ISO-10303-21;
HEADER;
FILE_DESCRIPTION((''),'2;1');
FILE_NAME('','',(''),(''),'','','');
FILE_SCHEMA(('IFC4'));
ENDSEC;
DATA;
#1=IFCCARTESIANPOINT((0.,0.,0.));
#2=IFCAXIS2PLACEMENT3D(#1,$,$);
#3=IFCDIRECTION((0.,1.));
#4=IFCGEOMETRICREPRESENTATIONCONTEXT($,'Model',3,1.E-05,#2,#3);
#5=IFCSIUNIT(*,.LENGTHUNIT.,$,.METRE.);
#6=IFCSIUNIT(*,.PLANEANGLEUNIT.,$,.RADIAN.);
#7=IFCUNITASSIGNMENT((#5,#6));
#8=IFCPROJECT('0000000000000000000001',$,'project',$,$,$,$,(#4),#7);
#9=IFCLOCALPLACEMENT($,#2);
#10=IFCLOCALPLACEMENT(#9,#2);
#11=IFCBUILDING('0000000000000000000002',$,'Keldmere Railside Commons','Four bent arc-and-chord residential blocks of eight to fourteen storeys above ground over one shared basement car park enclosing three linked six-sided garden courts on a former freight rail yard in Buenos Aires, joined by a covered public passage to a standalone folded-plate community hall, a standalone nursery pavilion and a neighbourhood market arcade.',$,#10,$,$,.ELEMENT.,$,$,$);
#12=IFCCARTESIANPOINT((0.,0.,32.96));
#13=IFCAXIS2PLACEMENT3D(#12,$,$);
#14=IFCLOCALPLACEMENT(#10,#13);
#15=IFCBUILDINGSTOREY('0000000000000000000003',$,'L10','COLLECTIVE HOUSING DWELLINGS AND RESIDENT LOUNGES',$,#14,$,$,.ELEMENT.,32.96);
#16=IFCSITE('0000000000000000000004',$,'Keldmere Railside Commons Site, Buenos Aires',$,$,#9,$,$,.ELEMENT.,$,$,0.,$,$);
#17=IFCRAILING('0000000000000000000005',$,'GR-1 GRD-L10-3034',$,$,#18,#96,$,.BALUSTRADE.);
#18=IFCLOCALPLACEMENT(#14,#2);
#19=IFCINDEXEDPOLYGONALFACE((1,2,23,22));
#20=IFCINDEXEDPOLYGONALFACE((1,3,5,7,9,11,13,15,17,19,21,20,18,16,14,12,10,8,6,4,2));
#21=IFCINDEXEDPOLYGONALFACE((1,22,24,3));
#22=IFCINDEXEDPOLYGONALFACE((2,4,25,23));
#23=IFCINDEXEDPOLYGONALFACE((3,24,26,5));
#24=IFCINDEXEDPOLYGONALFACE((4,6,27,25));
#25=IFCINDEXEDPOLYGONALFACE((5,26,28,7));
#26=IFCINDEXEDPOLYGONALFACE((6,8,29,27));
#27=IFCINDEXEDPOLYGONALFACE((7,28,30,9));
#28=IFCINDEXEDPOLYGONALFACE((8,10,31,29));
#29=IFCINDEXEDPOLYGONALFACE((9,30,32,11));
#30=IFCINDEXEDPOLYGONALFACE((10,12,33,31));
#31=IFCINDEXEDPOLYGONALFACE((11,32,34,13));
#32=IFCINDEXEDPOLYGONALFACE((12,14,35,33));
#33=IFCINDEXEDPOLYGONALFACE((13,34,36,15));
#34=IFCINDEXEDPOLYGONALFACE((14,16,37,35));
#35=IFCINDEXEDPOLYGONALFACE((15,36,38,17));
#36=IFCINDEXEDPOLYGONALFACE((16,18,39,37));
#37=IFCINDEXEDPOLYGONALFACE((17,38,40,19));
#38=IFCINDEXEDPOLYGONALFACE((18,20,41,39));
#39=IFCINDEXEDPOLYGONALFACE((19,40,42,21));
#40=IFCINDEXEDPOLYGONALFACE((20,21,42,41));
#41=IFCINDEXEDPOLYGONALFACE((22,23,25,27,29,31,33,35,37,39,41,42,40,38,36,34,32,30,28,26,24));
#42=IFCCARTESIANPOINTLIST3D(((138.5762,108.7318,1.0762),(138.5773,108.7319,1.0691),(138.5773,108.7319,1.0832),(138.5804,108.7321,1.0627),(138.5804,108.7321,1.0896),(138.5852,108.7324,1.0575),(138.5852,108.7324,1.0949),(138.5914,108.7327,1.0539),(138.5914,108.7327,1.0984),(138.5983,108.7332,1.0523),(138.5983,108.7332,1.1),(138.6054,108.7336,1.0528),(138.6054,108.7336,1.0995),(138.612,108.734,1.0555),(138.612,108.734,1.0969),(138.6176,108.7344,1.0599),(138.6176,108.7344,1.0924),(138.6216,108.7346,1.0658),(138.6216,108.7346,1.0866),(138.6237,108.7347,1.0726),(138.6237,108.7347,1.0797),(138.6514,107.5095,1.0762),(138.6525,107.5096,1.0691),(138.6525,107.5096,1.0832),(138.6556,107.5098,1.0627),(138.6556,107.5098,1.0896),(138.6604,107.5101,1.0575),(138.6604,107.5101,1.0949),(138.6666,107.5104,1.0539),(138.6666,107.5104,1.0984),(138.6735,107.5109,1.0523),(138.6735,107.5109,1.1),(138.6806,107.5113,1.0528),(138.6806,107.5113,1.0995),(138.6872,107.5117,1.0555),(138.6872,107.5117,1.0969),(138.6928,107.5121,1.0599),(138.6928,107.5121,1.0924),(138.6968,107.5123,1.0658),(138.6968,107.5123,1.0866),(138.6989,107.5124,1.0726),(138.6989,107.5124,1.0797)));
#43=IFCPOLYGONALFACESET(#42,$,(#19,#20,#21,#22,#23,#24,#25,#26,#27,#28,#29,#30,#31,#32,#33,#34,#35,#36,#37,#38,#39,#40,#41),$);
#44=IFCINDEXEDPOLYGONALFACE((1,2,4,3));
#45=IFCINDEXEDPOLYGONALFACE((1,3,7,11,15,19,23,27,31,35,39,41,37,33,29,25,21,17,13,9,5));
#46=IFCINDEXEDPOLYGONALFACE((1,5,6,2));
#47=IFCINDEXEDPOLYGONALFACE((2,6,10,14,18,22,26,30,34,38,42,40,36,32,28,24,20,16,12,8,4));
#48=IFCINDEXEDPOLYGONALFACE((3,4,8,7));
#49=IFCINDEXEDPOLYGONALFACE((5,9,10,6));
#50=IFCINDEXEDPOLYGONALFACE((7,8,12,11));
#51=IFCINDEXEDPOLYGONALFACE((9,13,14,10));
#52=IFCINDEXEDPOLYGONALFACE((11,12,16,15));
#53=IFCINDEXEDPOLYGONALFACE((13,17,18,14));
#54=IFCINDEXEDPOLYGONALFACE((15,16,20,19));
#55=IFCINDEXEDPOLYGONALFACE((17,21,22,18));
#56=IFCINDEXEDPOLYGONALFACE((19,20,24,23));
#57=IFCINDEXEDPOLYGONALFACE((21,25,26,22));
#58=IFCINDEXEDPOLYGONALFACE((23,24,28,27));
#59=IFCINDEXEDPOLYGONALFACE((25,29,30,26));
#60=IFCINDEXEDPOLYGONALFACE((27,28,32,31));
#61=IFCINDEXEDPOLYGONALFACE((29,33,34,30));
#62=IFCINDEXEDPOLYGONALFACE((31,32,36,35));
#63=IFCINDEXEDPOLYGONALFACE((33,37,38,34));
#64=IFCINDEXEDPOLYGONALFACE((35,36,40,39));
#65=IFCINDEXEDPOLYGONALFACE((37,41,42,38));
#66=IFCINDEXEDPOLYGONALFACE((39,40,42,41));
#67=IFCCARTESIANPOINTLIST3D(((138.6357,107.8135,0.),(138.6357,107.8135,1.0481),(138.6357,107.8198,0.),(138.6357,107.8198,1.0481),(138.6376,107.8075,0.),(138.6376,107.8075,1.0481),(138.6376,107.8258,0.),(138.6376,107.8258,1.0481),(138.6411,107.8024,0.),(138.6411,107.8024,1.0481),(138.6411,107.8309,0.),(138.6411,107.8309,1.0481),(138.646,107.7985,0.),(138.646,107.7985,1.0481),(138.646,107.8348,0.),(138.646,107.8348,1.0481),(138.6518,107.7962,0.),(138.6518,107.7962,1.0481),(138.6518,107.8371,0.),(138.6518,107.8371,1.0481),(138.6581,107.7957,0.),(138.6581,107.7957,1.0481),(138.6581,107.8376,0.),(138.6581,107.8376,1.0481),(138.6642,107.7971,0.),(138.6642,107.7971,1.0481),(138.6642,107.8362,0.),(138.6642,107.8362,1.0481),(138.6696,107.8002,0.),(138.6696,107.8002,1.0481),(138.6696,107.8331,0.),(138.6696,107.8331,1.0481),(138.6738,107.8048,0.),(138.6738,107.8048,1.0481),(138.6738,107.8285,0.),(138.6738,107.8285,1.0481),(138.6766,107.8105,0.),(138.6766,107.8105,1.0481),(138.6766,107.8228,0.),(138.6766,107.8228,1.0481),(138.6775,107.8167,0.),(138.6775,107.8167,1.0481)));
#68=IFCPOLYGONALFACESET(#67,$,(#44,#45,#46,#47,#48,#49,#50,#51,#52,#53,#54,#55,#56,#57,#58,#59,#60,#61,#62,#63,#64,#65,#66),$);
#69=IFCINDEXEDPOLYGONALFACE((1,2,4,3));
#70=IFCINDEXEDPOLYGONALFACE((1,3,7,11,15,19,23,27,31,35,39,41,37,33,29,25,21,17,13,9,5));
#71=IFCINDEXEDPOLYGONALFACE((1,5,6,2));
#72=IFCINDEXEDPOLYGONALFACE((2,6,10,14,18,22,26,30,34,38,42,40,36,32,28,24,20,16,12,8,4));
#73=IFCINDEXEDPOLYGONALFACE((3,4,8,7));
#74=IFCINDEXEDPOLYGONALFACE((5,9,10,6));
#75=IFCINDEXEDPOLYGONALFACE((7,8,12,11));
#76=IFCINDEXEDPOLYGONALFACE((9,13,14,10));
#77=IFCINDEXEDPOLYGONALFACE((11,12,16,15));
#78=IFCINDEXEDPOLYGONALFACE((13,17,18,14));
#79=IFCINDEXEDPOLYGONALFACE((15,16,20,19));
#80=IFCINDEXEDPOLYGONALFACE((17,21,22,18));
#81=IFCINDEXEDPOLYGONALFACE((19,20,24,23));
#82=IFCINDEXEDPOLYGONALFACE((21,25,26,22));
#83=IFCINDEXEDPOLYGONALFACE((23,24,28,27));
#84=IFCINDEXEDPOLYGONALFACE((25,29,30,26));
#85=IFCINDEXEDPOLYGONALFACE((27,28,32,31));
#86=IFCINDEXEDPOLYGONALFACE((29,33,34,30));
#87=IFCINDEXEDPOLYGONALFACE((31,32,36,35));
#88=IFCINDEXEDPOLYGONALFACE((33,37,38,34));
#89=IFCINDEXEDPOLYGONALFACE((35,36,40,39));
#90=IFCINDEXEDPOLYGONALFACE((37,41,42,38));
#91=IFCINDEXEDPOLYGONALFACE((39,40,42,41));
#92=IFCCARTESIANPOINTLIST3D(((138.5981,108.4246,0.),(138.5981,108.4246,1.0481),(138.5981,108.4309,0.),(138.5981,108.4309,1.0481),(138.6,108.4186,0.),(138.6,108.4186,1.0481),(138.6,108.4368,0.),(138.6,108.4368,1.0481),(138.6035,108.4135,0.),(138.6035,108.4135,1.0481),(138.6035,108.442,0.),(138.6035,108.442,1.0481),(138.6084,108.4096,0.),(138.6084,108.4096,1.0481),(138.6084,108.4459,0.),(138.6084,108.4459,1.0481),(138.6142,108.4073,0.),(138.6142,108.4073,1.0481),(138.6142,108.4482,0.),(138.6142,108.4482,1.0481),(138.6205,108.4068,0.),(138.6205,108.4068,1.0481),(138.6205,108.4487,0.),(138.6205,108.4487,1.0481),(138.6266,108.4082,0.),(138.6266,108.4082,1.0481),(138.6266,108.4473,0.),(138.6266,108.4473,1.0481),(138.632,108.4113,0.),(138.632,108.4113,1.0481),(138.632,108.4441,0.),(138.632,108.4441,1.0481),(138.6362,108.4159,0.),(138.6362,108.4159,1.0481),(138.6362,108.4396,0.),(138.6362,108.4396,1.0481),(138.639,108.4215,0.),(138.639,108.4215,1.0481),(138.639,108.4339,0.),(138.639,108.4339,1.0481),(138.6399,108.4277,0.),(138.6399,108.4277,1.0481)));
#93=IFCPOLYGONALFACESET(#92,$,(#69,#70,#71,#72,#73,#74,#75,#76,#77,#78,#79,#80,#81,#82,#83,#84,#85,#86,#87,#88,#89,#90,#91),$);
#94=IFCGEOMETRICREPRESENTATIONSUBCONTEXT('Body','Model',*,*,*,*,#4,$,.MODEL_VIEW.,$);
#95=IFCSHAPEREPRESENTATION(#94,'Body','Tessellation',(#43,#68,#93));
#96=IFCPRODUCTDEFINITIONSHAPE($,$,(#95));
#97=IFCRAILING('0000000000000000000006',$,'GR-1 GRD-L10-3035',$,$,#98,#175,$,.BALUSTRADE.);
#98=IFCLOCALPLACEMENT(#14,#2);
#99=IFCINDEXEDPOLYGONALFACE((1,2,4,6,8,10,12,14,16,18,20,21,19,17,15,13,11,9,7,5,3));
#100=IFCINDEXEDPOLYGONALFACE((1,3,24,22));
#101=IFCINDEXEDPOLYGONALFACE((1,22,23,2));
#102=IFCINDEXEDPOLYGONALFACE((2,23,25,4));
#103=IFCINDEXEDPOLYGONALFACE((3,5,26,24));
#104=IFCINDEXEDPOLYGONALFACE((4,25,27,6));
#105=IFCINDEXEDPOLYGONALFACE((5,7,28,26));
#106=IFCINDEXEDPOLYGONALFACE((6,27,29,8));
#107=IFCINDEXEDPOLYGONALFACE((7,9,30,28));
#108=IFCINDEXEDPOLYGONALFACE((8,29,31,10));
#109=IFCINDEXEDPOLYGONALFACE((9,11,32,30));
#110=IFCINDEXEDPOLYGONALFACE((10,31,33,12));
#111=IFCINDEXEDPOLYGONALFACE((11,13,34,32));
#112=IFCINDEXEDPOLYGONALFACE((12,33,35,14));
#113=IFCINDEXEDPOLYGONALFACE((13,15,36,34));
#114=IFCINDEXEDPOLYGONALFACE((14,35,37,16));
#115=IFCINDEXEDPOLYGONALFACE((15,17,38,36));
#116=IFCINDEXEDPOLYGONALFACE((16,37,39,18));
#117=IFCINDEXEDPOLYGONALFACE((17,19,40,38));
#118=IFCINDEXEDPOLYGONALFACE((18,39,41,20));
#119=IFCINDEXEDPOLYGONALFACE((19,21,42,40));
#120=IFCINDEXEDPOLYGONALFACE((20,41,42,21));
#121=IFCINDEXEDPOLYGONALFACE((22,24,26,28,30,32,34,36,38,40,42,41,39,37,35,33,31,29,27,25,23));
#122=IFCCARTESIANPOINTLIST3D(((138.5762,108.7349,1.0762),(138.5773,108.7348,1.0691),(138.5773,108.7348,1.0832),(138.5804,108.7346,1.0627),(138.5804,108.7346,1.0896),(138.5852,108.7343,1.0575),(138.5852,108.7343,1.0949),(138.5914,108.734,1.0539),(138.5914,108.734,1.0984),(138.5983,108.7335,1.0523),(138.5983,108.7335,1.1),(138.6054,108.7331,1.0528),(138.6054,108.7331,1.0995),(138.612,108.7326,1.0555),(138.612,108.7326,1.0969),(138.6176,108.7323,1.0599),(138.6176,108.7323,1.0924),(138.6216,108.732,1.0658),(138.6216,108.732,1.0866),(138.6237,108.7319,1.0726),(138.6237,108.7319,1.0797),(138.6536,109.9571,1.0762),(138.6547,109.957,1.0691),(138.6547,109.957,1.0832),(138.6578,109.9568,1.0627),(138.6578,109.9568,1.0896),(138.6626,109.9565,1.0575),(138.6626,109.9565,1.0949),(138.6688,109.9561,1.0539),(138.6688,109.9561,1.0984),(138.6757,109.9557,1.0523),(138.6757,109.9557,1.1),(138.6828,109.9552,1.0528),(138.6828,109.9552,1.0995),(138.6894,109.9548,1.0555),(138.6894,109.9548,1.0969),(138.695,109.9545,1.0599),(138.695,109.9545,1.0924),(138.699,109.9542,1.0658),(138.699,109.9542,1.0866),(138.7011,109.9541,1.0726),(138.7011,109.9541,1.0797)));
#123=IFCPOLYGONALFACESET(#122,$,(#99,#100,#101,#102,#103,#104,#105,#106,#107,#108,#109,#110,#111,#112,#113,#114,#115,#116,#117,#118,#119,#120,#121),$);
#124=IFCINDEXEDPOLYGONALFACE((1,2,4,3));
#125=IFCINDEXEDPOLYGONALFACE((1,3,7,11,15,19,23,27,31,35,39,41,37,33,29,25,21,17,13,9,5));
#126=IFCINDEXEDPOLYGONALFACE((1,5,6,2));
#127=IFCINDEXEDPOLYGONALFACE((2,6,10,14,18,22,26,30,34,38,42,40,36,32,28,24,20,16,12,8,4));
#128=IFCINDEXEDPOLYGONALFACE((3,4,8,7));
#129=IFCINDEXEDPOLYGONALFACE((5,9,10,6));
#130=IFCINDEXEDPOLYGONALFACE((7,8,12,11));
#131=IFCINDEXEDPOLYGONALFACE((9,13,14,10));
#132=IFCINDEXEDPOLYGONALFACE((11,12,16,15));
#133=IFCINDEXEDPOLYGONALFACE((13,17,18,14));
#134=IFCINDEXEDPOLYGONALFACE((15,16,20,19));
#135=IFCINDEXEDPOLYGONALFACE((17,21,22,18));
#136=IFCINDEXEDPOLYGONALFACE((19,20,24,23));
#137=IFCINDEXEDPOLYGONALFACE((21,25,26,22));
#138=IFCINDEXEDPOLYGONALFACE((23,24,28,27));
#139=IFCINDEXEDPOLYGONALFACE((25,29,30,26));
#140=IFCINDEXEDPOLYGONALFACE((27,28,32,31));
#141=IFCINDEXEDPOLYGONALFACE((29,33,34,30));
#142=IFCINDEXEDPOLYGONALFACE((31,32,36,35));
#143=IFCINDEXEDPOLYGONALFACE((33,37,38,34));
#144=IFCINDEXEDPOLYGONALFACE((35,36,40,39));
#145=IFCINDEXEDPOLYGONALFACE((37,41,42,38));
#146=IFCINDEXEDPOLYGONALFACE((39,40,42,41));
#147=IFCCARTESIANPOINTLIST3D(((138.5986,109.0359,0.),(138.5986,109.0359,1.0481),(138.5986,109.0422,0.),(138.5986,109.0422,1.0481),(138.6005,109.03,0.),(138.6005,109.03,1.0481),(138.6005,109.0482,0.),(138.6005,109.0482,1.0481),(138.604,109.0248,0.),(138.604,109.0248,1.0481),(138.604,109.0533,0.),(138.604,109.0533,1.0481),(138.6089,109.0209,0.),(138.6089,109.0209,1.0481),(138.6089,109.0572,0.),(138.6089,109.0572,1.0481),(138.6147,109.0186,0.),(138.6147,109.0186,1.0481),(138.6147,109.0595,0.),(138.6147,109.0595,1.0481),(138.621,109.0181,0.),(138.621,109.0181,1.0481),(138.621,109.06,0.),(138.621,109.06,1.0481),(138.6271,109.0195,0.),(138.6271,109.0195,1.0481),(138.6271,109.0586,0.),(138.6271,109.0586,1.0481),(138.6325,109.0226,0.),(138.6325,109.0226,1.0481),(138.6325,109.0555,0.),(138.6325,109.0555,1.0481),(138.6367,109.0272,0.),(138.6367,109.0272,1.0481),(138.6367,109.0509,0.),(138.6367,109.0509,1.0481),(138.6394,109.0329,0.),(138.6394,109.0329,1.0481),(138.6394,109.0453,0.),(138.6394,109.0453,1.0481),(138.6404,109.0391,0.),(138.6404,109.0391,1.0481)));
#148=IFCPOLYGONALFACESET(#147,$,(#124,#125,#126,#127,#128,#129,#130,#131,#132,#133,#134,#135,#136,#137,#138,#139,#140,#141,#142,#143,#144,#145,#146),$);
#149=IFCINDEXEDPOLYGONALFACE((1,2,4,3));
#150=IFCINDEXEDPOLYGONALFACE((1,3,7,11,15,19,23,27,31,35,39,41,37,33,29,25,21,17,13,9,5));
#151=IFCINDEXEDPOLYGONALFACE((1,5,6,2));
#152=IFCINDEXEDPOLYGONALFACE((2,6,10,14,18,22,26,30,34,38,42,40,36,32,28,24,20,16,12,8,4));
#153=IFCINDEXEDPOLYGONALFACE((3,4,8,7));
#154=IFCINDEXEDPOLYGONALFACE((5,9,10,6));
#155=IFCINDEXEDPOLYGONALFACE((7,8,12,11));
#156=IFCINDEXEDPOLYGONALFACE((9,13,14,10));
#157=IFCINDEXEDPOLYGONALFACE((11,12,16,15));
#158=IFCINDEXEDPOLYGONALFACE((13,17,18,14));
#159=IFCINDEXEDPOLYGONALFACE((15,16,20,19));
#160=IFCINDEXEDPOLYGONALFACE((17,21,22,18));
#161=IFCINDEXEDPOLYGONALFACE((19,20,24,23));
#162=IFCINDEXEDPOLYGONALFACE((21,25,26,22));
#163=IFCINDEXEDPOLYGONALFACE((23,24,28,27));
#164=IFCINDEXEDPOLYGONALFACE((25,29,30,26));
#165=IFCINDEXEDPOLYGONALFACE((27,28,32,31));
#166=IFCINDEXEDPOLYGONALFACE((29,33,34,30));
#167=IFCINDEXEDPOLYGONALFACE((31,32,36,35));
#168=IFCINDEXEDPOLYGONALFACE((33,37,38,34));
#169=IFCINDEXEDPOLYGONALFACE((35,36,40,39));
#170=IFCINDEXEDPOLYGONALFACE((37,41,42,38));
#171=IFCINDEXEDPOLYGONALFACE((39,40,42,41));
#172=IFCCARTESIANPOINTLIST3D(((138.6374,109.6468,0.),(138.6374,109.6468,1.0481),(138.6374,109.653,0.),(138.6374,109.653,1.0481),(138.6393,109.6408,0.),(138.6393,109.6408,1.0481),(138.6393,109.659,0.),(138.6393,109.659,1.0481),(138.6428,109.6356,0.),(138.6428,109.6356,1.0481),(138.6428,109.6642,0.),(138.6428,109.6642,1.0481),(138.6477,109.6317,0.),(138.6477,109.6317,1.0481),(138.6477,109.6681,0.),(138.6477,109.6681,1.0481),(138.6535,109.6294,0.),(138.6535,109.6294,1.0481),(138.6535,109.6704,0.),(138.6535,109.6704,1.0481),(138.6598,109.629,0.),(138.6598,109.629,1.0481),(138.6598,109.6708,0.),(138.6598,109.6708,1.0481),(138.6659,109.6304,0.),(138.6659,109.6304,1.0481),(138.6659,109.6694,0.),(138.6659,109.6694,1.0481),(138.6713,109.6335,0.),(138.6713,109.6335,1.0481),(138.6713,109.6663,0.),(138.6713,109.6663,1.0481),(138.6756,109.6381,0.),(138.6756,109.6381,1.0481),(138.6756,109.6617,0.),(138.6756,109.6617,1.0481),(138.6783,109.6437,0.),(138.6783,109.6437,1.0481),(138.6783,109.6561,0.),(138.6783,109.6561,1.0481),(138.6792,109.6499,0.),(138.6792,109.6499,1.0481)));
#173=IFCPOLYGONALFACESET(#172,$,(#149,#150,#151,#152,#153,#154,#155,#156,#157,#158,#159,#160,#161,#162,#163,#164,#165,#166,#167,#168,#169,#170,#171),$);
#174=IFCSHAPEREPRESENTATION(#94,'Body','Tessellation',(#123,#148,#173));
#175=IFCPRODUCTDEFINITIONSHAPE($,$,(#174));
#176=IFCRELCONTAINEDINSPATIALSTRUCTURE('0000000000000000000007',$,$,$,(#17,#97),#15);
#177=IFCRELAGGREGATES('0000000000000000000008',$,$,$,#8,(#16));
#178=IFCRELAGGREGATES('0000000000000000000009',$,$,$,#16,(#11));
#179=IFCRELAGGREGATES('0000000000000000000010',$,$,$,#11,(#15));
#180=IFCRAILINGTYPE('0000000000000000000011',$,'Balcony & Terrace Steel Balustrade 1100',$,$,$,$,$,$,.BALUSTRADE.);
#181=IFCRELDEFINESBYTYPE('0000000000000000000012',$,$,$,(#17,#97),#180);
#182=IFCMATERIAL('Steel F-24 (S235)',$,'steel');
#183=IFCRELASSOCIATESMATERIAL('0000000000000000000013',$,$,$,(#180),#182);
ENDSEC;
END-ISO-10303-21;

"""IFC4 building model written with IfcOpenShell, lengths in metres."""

from ifc_helpers import new_model, si_unit, direction, frame, origin, origin_2d, place, context, subcontext, project, spatial, circle, extrude, material, type_object, element, save


model = new_model("IFC4")

# Units and contexts
model_context = context("Model", 3, precision=1e-05, world=origin(), true_north=direction((0.0, 1.0)))
body_context = subcontext(model_context, "Body", "Model", "MODEL_VIEW")
ifc_project = project(units=[si_unit("LENGTHUNIT", "METRE"), si_unit("PLANEANGLEUNIT", "RADIAN")], contexts=[model_context])

# Site, building, storey
site_placement = place(None, origin())
site = spatial("IfcSite", under=ifc_project, at=site_placement, Name="Keldmere Railside Commons Site, Buenos Aires", CompositionType="ELEMENT", RefElevation=0.0)
building_placement = place(site_placement, origin())
building = spatial("IfcBuilding", under=site, at=building_placement, Name="Keldmere Railside Commons", Description="Four bent arc-and-chord residential blocks of eight to fourteen storeys above ground over one shared basement car park enclosing three linked six-sided garden courts on a former freight rail yard in Buenos Aires, joined by a covered public passage to a standalone folded-plate community hall, a standalone nursery pavilion and a neighbourhood market arcade.", CompositionType="ELEMENT")
storey_placement = place(building_placement, frame((0.0, 0.0, 32.96)))
storey = spatial("IfcBuildingStorey", under=building, at=storey_placement, Name="L10", Description="COLLECTIVE HOUSING DWELLINGS AND RESIDENT LOUNGES", CompositionType="ELEMENT", Elevation=32.96)

# Shared definitions
ifc_material_1 = material(Name="Steel F-24 (S235)", Category="steel")

# Railings
railing_type = type_object("IfcRailingType", Name="Balcony & Terrace Steel Balustrade 1100", PredefinedType="BALUSTRADE", material=ifc_material_1)
railing_1_placement = place(storey_placement, frame((138.6753, 107.511, 0.0)))
element("IfcRailing", 1, at=railing_1_placement, inside=storey, type_object=railing_type, Name="GR-1 GRD-L10-3034", PredefinedType="BALUSTRADE", context=body_context, shape_type="SweptSolid", body=[
    extrude(circle(Radius=0.0239, at=origin_2d()), frame((0.0, 0.0, 1.0762), z_axis=(-0.061398, 0.998113, 0.0), x_axis=(-0.998113, -0.061398, 0.0)), (0.0, 0.0, 1.0), 1.2246),
    extrude(circle(Radius=0.021, at=origin_2d()), frame((-0.0188, 0.3057, 0.0)), (0.0, 0.0, 1.0), 1.0481),
    extrude(circle(Radius=0.021, at=origin_2d()), frame((-0.0564, 0.9167, 0.0)), (0.0, 0.0, 1.0), 1.0481),
])
railing_2_placement = place(storey_placement, frame((138.6001, 108.7334, 0.0)))
element("IfcRailing", 2, at=railing_2_placement, inside=storey, type_object=railing_type, Name="GR-1 GRD-L10-3035", PredefinedType="BALUSTRADE", context=body_context, shape_type="SweptSolid", body=[
    extrude(circle(Radius=0.0239, at=origin_2d()), frame((0.0, 0.0, 1.0762), z_axis=(0.063197, 0.998001, 0.0), x_axis=(-0.998001, 0.063197, 0.0)), (0.0, 0.0, 1.0), 1.2246),
    extrude(circle(Radius=0.021, at=origin_2d()), frame((0.0193, 0.3057, 0.0)), (0.0, 0.0, 1.0), 1.0481),
    extrude(circle(Radius=0.021, at=origin_2d()), frame((0.0581, 0.9165, 0.0)), (0.0, 0.0, 1.0), 1.0481),
])

save(model, "model.ifc")
